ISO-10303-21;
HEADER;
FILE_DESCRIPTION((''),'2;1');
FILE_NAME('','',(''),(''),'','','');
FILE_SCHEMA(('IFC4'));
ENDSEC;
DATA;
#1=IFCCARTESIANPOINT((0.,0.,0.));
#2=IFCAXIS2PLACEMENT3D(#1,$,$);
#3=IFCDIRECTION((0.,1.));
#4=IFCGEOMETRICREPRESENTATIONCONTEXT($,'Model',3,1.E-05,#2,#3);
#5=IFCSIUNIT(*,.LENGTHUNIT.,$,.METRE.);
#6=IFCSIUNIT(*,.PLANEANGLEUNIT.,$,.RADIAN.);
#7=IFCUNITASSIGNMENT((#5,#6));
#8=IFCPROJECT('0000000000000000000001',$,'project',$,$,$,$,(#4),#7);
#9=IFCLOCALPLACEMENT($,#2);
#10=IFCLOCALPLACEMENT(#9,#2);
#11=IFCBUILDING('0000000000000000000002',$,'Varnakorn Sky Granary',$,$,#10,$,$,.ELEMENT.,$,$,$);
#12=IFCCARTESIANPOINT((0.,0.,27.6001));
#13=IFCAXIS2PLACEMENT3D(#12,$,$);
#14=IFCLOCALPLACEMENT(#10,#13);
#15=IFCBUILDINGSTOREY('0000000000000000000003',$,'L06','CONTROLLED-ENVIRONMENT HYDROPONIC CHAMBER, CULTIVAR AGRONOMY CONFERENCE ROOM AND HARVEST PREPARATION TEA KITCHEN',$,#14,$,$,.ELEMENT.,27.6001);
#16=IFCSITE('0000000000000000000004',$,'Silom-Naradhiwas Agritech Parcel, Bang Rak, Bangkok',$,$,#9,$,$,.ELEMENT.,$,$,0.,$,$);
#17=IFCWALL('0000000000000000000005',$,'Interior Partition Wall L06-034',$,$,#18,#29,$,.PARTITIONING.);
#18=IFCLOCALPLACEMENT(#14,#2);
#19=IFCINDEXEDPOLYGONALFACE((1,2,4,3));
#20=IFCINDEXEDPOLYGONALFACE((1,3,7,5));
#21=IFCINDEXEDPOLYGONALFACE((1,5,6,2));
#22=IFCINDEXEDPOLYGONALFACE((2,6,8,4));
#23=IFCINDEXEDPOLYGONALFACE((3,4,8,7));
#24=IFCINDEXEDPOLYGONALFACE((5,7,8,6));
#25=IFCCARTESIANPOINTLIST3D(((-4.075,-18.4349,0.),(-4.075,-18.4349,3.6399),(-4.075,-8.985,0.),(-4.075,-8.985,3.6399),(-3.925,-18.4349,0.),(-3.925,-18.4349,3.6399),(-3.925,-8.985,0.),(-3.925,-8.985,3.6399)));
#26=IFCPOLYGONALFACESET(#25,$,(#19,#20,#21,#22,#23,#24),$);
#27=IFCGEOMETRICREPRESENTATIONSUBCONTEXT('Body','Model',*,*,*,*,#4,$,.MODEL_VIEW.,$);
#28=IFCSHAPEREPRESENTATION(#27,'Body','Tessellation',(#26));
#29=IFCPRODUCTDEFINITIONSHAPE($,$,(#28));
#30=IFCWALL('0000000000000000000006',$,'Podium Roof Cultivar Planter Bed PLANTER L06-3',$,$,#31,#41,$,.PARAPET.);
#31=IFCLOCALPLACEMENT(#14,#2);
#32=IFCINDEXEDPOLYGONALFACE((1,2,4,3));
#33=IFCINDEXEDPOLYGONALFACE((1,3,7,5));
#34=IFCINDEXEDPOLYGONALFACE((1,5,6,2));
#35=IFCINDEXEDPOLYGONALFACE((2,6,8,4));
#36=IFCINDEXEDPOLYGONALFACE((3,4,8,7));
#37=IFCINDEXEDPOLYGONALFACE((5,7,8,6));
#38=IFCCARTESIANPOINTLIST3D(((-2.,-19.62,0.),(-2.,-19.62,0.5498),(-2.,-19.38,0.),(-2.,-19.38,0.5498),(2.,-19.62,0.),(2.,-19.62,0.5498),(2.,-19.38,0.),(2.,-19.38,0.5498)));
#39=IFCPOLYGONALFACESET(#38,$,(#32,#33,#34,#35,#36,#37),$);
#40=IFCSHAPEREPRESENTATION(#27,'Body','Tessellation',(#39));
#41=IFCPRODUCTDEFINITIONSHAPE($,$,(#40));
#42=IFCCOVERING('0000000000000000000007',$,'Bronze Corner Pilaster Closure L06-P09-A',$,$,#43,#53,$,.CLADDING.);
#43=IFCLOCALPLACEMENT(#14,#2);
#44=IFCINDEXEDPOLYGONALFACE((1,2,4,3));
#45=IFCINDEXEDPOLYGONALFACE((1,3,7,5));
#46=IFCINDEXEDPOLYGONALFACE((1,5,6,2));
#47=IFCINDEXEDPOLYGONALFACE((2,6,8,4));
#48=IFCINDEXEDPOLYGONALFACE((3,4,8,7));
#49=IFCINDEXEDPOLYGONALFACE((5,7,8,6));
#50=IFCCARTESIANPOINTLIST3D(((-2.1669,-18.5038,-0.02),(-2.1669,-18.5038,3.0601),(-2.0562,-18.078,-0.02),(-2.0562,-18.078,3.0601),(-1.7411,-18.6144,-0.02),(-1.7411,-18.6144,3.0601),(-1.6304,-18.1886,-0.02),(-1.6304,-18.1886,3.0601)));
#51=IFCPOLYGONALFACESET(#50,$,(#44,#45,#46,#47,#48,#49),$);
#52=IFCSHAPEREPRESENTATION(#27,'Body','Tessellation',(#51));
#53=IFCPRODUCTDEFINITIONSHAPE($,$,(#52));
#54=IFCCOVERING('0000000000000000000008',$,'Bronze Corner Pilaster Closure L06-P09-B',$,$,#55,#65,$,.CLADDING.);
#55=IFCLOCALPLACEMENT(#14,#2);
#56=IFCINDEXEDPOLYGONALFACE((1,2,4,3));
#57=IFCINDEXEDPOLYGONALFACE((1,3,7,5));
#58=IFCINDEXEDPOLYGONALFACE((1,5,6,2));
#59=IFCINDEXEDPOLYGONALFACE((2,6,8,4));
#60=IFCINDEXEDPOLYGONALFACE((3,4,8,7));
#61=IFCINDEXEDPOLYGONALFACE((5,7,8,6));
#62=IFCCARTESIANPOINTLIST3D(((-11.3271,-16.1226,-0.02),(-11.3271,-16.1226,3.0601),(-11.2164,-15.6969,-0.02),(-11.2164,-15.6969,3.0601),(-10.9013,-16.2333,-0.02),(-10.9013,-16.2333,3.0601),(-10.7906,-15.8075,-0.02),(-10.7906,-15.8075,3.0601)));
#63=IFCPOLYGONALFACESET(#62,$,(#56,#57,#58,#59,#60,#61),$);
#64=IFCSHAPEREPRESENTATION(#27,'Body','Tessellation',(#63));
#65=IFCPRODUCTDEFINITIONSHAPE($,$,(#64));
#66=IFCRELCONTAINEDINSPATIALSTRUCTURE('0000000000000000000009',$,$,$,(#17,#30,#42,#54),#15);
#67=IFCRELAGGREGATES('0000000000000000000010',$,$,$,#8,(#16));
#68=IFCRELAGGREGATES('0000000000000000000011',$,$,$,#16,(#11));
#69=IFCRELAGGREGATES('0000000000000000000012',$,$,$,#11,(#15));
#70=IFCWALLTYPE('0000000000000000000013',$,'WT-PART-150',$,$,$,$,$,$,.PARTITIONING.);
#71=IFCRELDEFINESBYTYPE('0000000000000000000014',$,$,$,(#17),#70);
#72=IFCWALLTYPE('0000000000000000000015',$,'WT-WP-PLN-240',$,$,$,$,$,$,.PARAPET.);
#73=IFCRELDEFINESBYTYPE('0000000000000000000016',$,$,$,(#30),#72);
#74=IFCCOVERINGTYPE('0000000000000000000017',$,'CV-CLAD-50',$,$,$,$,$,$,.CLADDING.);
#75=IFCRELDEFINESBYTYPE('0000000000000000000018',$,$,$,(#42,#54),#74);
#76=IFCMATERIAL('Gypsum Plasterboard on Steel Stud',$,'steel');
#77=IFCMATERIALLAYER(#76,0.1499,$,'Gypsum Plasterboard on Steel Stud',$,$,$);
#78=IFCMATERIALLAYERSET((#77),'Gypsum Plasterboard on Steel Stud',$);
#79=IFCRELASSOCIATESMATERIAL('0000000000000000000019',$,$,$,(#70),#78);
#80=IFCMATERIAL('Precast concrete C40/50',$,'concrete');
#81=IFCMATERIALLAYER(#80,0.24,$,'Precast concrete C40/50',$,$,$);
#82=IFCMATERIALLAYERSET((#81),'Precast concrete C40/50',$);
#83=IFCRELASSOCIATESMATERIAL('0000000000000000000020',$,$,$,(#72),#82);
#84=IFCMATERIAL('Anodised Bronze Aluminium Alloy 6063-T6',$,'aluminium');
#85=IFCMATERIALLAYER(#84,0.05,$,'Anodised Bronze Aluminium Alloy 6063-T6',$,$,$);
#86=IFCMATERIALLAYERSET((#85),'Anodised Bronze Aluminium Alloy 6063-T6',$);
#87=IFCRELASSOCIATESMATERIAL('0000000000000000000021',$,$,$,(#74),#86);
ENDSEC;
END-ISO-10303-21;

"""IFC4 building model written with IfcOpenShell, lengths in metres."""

from ifc_helpers import new_model, si_unit, direction, frame, frame_2d, origin, origin_2d, place, context, subcontext, project, spatial, rectangle, extrude, source, transform, mapped, material, layer, layer_set, type_object, type_shapes, element, save


model = new_model("IFC4")

# Units and contexts
model_context = context("Model", 3, precision=1e-05, world=origin(), true_north=direction((0.0, 1.0)))
body_context = subcontext(model_context, "Body", "Model", "MODEL_VIEW")
ifc_project = project(units=[si_unit("LENGTHUNIT", "METRE"), si_unit("PLANEANGLEUNIT", "RADIAN")], contexts=[model_context])

# Site, building, storey
site_placement = place(None, origin())
site = spatial("IfcSite", under=ifc_project, at=site_placement, Name="Silom-Naradhiwas Agritech Parcel, Bang Rak, Bangkok", CompositionType="ELEMENT", RefElevation=0.0)
building_placement = place(site_placement, origin())
building = spatial("IfcBuilding", under=site, at=building_placement, Name="Varnakorn Sky Granary", CompositionType="ELEMENT")
storey_placement = place(building_placement, frame((0.0, 0.0, 27.6001)))
storey = spatial("IfcBuildingStorey", under=building, at=storey_placement, Name="L06", Description="CONTROLLED-ENVIRONMENT HYDROPONIC CHAMBER, CULTIVAR AGRONOMY CONFERENCE ROOM AND HARVEST PREPARATION TEA KITCHEN", CompositionType="ELEMENT", Elevation=27.6001)

# Shared definitions
ifc_material_1 = material(Name="Anodised Bronze Aluminium Alloy 6063-T6", Category="aluminium")

# Walls
ifc_material_2 = material(Name="Precast concrete C40/50", Category="concrete")
ifc_material_3 = material(Name="Gypsum Plasterboard on Steel Stud", Category="steel")
ifc_layer_1 = layer(ifc_material_3, 0.1499, Name="Gypsum Plasterboard on Steel Stud")
ifc_layer_set_1 = layer_set([ifc_layer_1], Name="Gypsum Plasterboard on Steel Stud")
wall_type_1 = type_object("IfcWallType", Name="WT-PART-150", PredefinedType="PARTITIONING", material=ifc_layer_set_1)
wall_1_placement = place(storey_placement, frame((-4.0, -18.4351, 0.0), z_axis=(0.0, 0.0, 1.0), x_axis=(0.0, 1.0, 0.0)))
element("IfcWall", 1, at=wall_1_placement, inside=storey, type_object=wall_type_1, Name="Interior Partition Wall L06-034", PredefinedType="PARTITIONING", context=body_context, shape_type="SweptSolid", body=[
    extrude(rectangle(XDim=9.45, YDim=0.1499, at=frame_2d((4.7251, 0.0))), origin(), (0.0, 0.0, 1.0), 3.6399),
])
ifc_layer_2 = layer(ifc_material_2, 0.24, Name="Precast concrete C40/50")
ifc_layer_set_2 = layer_set([ifc_layer_2], Name="Precast concrete C40/50")
wall_type_2 = type_object("IfcWallType", Name="WT-WP-PLN-240", PredefinedType="PARAPET", material=ifc_layer_set_2)
wall_2_placement = place(storey_placement, frame((-2.0, -19.5, 0.0), z_axis=(0.0, 0.0, 1.0), x_axis=(1.0, 0.0, 0.0)))
element("IfcWall", 2, at=wall_2_placement, inside=storey, type_object=wall_type_2, Name="Podium Roof Cultivar Planter Bed PLANTER L06-3", PredefinedType="PARAPET", context=body_context, shape_type="SweptSolid", body=[
    extrude(rectangle(XDim=4.0, YDim=0.24, at=frame_2d((2.0, 0.0))), origin(), (0.0, 0.0, 1.0), 0.5498),
])

# Coverings
ifc_layer_3 = layer(ifc_material_1, 0.05, Name="Anodised Bronze Aluminium Alloy 6063-T6")
ifc_layer_set_3 = layer_set([ifc_layer_3], Name="Anodised Bronze Aluminium Alloy 6063-T6")
covering_type = type_object("IfcCoveringType", Name="CV-CLAD-50", PredefinedType="CLADDING", material=ifc_layer_set_3)
shared_shape_1 = source(origin(), body_context, "Body", "SweptSolid", [
    extrude(rectangle(XDim=0.4399, YDim=0.4399, at=origin_2d()), origin(), (0.0, 0.0, 1.0), 3.0801),
])
type_shapes(covering_type, [shared_shape_1])
for number, where, z_axis, x_axis, name in (
    (3, (-1.8987, -18.3462, -0.02), (0.0, 0.0, 1.0), (-0.967841, 0.251563, 0.0), "Bronze Corner Pilaster Closure L06-P09-A"),
    (4, (-11.0588, -15.9651, -0.02), (0.0, 0.0, 1.0), (-0.967841, 0.251563, 0.0), "Bronze Corner Pilaster Closure L06-P09-B"),
):
    element("IfcCovering", number, at=place(storey_placement, frame(where, z_axis=z_axis, x_axis=x_axis)), inside=storey, type_object=covering_type, Name=name, PredefinedType="CLADDING", context=body_context, shape_type="MappedRepresentation", body=[
        mapped(shared_shape_1, transform((0.0, 0.0, 0.0), x_axis=(1.0, 0.0, 0.0), y_axis=(0.0, 1.0, 0.0), z_axis=(0.0, 0.0, 1.0), scale=1.0)),
    ])

save(model, "model.ifc")
